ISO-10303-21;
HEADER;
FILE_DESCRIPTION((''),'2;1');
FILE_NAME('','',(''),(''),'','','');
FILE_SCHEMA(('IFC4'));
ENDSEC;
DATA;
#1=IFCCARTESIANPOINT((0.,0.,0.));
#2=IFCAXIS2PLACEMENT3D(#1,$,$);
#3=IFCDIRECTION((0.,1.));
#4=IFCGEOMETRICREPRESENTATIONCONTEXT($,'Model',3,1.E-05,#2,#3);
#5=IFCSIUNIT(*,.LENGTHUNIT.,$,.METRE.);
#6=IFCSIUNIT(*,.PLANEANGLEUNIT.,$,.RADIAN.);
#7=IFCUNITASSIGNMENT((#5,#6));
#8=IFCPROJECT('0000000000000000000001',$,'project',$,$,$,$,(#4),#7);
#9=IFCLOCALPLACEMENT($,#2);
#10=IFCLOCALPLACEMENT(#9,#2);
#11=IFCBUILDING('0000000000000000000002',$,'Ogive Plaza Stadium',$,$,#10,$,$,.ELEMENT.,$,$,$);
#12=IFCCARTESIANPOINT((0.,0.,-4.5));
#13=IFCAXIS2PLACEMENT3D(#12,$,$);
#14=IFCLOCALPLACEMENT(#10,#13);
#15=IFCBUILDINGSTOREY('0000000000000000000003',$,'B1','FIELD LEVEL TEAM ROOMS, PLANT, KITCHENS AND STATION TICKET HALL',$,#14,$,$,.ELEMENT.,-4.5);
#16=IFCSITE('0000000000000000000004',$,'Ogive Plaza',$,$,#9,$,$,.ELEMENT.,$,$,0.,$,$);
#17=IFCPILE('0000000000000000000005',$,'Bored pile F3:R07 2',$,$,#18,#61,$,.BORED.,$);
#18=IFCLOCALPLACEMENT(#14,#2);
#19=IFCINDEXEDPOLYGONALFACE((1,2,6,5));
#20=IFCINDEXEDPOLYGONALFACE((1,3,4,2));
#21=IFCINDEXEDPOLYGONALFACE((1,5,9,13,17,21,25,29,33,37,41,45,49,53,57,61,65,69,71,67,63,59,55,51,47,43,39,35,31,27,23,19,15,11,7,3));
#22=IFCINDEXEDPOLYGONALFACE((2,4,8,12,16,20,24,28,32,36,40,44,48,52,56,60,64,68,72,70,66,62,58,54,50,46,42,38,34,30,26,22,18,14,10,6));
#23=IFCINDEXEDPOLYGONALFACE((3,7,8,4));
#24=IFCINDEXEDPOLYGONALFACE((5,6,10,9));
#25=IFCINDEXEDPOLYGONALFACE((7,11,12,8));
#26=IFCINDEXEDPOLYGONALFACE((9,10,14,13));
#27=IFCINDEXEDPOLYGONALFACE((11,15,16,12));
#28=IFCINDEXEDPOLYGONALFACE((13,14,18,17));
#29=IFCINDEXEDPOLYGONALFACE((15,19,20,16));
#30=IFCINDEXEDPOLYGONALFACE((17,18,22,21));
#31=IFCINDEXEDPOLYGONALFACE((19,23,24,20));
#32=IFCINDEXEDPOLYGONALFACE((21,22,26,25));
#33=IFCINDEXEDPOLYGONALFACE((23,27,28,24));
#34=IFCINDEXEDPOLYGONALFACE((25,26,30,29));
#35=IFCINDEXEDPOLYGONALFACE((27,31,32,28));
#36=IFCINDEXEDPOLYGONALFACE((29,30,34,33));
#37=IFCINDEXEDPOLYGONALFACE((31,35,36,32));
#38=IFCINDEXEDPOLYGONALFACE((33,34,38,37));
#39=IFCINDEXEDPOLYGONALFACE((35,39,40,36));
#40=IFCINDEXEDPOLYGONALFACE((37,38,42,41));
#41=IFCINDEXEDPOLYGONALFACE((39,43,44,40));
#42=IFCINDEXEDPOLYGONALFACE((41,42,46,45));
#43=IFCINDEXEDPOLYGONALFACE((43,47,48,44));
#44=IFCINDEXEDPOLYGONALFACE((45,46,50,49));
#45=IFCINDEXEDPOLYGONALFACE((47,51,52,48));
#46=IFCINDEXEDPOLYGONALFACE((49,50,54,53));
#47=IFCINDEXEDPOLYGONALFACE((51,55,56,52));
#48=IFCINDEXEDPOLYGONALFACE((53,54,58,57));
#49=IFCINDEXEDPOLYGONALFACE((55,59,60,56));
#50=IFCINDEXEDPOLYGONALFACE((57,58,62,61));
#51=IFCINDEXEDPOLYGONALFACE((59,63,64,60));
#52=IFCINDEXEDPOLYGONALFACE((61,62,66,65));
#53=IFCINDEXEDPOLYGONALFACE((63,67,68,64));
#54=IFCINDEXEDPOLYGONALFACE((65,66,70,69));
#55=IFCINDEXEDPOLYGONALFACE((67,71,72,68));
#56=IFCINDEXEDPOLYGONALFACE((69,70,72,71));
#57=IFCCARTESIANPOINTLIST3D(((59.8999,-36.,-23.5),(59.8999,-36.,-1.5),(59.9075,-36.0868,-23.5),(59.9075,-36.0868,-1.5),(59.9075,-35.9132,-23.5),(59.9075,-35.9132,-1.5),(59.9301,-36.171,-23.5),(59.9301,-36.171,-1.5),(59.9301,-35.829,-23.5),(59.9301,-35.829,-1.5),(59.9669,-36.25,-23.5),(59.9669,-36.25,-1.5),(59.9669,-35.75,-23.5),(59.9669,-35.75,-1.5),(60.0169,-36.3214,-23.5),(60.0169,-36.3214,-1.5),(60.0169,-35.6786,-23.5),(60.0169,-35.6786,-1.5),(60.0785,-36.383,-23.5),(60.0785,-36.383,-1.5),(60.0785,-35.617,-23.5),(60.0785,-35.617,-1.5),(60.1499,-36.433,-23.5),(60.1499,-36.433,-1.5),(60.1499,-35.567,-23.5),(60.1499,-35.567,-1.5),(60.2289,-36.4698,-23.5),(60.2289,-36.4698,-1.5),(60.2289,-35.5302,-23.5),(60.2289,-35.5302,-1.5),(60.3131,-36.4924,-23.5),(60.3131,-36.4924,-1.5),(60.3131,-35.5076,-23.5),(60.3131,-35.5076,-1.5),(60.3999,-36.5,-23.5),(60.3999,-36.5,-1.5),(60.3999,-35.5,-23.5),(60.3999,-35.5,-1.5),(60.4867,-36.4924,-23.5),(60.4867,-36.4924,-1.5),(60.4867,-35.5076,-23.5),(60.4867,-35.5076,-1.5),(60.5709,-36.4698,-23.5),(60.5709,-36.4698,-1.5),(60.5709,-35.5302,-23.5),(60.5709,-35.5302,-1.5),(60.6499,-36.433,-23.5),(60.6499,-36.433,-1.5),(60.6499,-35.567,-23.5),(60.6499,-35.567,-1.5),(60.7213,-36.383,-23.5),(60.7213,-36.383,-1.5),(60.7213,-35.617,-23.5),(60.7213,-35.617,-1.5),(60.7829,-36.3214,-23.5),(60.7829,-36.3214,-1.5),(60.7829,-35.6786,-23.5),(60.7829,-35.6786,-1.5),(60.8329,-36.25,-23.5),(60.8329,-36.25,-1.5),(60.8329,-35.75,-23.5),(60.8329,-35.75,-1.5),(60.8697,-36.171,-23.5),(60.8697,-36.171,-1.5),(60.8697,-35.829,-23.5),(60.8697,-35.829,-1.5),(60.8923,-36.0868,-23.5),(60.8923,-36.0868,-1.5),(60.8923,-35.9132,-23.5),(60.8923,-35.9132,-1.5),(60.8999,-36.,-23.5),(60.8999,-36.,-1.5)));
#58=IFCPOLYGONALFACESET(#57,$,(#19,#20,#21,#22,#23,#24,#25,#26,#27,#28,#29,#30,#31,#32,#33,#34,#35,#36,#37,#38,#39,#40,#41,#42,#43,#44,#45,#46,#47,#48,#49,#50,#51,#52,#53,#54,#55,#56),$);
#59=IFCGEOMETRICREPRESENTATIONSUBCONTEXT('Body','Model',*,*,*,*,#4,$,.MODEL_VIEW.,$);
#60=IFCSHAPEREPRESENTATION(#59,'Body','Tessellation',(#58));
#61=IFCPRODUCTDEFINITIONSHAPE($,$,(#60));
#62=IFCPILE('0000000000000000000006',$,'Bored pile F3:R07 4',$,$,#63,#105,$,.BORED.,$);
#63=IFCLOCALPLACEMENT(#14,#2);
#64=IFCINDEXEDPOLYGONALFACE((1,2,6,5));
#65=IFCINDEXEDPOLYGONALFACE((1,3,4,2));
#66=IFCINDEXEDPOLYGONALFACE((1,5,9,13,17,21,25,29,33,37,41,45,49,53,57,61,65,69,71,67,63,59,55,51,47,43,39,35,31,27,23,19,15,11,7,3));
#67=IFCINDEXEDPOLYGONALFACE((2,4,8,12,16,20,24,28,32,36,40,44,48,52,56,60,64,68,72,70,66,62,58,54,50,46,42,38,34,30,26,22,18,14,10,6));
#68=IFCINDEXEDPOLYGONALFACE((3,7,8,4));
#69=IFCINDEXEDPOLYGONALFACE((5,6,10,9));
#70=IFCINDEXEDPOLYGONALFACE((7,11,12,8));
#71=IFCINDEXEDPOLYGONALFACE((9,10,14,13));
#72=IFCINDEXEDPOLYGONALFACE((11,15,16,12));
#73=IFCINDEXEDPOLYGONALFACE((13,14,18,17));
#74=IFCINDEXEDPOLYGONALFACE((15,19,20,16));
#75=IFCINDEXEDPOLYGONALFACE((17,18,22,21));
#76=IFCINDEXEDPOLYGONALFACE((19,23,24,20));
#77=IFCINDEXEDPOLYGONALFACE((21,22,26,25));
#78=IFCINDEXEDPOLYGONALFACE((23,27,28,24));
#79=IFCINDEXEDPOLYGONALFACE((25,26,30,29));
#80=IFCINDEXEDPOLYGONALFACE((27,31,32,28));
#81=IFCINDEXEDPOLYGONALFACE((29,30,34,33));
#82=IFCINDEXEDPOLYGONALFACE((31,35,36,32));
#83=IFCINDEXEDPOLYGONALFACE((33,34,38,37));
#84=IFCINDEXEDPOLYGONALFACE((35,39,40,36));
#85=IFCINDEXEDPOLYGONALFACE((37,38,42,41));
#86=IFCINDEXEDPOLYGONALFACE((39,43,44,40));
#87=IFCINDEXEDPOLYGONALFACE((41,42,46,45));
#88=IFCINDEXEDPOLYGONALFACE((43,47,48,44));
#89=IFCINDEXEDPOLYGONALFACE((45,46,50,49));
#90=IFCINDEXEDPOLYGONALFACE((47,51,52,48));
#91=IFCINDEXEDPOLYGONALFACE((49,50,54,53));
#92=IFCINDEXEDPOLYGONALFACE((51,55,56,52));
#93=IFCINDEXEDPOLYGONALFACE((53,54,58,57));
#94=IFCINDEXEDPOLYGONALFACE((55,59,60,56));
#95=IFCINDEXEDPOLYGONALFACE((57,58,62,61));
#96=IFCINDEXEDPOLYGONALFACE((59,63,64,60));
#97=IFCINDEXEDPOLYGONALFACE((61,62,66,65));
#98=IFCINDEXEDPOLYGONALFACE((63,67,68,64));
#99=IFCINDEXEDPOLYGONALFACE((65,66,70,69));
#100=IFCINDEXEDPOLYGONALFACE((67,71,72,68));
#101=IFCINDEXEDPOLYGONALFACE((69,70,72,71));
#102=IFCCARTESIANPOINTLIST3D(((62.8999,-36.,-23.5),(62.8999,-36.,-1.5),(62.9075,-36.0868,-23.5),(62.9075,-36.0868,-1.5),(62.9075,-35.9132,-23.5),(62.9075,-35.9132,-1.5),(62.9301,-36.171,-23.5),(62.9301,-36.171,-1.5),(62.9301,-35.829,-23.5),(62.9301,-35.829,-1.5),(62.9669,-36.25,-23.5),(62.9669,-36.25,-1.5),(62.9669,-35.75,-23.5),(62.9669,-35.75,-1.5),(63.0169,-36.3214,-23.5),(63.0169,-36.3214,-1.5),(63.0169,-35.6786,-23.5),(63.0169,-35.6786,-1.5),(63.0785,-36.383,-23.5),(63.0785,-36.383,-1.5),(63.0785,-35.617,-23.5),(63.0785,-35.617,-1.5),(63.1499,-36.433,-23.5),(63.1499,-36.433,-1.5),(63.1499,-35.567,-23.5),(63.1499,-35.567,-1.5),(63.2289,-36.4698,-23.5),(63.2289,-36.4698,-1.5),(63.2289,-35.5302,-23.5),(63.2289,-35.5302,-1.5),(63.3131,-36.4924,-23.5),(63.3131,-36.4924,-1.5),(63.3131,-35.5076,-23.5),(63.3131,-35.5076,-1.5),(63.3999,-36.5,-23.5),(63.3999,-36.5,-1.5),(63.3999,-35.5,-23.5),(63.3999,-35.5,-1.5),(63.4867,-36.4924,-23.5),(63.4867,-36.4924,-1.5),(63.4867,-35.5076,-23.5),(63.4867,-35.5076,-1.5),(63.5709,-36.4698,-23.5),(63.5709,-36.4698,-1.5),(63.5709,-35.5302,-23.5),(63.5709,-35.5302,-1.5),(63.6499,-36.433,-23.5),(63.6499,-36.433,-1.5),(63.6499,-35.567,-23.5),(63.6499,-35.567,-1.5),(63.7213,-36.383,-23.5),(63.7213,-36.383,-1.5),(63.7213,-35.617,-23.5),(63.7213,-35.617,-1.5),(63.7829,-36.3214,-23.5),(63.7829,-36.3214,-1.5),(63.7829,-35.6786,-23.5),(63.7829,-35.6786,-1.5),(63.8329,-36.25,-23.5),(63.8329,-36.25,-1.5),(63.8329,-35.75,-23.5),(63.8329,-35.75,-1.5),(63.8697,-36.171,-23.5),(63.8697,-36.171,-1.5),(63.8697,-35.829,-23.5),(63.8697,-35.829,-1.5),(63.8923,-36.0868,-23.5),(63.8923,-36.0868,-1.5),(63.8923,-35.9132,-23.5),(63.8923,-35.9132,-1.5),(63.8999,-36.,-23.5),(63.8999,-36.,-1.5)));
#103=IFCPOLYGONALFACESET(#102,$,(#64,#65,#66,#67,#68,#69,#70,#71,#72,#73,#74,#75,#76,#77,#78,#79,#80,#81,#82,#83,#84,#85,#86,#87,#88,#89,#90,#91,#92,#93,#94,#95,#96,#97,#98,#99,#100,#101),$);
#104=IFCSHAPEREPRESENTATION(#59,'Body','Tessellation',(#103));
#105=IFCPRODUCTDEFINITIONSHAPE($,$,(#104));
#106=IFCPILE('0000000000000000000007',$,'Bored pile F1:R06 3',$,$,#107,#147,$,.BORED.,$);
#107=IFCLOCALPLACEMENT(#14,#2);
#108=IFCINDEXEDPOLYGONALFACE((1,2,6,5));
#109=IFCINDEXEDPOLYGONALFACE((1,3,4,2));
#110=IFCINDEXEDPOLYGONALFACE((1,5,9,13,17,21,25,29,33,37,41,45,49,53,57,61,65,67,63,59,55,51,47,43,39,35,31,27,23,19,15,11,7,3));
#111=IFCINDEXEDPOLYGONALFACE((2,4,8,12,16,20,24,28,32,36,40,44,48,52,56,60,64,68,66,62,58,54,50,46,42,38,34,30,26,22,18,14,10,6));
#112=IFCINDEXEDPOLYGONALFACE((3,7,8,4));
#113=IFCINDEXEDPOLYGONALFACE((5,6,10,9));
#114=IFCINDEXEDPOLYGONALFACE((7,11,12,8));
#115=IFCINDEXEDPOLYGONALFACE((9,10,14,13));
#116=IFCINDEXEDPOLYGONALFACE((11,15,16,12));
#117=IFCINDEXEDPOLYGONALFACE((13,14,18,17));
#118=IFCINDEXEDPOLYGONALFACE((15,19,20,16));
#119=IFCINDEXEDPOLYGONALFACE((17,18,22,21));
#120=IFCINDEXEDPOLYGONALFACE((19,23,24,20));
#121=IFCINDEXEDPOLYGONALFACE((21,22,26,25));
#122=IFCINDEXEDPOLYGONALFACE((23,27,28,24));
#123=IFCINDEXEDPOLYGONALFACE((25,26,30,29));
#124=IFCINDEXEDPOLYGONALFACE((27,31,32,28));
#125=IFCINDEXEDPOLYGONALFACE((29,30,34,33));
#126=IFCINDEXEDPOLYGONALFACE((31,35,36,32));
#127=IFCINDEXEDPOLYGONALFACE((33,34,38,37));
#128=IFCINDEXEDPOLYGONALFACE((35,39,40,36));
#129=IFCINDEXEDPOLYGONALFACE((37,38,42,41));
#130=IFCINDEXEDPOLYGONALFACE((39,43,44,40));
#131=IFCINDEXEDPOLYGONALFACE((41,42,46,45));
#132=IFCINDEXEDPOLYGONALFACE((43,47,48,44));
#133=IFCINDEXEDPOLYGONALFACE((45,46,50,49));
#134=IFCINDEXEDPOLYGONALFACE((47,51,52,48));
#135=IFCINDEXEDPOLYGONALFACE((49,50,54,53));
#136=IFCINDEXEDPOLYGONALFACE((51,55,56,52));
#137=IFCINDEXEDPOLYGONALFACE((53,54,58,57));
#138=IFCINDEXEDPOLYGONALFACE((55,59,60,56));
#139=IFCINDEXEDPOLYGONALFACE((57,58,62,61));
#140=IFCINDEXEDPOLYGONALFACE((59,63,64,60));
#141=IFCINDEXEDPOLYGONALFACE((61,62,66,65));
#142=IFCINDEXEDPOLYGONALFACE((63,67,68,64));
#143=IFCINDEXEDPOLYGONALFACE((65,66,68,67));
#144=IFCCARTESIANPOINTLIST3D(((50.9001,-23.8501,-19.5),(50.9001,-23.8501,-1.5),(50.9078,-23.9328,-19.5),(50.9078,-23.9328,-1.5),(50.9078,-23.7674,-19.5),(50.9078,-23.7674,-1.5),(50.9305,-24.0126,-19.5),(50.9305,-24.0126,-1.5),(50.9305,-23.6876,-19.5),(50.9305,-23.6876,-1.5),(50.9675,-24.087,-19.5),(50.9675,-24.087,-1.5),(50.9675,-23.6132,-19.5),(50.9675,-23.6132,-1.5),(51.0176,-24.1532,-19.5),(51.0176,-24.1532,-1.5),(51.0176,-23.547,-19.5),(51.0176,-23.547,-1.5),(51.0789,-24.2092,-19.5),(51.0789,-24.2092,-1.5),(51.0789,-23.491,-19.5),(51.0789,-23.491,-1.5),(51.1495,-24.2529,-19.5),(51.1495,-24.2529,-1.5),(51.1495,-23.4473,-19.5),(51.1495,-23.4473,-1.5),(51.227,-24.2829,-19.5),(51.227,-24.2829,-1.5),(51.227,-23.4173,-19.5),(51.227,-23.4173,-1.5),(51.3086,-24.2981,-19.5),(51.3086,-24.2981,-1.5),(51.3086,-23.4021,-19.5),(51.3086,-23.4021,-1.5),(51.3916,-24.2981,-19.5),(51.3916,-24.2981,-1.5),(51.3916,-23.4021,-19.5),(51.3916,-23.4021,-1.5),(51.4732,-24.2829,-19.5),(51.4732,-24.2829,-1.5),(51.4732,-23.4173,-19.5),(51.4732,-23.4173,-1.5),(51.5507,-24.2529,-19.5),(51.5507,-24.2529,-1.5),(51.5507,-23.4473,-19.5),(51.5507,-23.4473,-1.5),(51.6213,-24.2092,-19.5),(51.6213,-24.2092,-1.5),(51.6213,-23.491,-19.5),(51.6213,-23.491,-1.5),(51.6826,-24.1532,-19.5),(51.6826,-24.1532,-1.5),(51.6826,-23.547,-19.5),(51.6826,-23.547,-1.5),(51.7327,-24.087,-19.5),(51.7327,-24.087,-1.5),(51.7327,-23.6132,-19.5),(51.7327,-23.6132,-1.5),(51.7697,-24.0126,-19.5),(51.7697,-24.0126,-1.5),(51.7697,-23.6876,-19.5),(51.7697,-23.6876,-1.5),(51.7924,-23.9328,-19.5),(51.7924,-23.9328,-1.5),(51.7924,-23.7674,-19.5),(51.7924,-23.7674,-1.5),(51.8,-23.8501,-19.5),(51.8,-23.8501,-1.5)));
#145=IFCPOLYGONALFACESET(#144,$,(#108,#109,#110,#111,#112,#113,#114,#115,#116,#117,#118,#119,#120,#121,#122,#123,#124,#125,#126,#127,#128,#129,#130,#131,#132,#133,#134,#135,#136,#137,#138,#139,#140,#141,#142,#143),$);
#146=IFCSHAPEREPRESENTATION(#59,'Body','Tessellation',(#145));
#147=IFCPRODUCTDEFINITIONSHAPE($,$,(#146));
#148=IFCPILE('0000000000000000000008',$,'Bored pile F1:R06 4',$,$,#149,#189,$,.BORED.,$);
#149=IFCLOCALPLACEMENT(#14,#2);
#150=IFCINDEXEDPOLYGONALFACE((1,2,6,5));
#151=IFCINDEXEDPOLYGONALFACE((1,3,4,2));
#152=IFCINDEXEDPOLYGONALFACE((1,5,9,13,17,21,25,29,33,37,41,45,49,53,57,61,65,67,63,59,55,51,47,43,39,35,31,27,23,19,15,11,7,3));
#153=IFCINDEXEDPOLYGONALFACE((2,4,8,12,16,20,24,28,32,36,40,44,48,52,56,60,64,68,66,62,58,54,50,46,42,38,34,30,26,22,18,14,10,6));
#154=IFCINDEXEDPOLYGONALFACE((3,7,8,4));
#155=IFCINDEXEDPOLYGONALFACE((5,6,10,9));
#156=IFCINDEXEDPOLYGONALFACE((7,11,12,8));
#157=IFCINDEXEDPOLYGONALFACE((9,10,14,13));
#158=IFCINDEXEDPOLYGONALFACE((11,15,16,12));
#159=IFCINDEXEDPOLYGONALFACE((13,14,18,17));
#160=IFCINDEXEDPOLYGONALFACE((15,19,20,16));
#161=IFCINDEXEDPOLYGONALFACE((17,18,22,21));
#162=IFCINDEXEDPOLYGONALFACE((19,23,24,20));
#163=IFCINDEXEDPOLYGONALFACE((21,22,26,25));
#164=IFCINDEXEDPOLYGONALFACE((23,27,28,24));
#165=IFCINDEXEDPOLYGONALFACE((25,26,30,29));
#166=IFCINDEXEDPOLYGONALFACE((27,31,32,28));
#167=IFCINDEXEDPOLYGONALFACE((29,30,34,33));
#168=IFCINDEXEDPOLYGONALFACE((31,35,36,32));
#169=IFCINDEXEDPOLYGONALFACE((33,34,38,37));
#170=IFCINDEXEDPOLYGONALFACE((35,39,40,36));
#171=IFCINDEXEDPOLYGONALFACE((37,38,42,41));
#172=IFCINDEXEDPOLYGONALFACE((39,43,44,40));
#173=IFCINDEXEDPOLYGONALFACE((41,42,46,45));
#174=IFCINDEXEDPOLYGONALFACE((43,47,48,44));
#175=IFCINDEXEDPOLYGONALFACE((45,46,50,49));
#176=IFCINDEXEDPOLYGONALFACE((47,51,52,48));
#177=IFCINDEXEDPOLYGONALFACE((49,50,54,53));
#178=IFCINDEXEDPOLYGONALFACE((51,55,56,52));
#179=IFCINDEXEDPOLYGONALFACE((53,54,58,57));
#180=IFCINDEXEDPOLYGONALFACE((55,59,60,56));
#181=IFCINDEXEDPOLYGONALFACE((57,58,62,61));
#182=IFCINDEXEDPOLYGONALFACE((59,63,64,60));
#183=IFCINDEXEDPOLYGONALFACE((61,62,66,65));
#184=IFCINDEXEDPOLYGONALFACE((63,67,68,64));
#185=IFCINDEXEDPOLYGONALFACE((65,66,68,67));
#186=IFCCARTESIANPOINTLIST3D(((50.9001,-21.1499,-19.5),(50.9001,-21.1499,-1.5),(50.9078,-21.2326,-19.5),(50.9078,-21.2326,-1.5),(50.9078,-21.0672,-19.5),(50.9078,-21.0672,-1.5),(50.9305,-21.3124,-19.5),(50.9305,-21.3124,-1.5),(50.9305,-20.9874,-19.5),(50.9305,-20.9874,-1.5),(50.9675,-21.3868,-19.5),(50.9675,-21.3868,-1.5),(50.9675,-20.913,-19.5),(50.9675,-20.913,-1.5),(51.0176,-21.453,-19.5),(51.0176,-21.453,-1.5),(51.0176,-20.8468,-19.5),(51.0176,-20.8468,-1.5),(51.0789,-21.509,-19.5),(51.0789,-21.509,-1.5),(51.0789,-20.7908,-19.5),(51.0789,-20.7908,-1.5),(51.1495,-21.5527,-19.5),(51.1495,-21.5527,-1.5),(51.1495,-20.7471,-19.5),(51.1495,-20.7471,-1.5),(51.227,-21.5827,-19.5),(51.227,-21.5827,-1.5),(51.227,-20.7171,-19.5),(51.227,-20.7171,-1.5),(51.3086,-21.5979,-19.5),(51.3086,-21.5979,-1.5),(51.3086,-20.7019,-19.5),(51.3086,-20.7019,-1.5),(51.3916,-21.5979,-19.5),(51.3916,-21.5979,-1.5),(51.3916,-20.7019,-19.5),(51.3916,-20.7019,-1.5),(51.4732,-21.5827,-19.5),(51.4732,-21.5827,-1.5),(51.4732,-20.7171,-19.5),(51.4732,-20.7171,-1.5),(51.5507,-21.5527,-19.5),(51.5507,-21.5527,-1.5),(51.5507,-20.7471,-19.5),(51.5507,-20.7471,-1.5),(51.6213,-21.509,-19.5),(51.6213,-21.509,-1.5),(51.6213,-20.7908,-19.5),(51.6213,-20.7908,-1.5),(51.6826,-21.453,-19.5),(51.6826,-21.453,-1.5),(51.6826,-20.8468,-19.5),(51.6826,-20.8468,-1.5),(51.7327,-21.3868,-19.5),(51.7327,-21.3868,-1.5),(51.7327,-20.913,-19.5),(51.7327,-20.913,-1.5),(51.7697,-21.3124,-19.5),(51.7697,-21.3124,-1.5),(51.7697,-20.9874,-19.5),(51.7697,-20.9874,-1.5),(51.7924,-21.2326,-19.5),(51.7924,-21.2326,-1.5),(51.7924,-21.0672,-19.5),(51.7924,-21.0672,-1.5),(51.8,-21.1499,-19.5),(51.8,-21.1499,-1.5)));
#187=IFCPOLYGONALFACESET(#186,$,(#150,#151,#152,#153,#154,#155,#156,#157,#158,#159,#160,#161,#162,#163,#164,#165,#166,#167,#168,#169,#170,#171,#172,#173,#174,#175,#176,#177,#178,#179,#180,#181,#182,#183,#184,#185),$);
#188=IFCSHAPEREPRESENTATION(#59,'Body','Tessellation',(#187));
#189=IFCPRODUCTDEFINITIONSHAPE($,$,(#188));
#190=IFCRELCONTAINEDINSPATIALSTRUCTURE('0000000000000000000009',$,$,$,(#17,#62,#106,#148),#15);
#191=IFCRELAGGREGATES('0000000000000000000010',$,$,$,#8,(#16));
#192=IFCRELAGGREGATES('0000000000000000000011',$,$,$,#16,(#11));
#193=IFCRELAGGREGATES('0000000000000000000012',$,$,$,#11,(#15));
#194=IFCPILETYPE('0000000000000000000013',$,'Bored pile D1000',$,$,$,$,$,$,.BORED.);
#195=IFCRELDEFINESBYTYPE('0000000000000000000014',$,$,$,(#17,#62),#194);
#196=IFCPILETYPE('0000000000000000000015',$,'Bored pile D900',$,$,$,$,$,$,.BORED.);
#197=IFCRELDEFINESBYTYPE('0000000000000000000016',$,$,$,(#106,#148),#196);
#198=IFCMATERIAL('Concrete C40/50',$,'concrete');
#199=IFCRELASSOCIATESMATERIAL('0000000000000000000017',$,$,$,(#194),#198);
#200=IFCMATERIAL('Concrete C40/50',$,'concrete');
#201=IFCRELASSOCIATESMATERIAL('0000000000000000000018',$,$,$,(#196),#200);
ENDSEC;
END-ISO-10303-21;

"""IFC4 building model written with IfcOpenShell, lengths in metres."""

from ifc_helpers import new_model, si_unit, direction, frame, origin, origin_2d, place, context, subcontext, project, spatial, circle, extrude, material, material_profile, profile_set, type_object, element, save


model = new_model("IFC4")

# Units and contexts
model_context = context("Model", 3, precision=1e-05, world=origin(), true_north=direction((0.0, 1.0)))
body_context = subcontext(model_context, "Body", "Model", "MODEL_VIEW")
ifc_project = project(units=[si_unit("LENGTHUNIT", "METRE"), si_unit("PLANEANGLEUNIT", "RADIAN")], contexts=[model_context])

# Site, building, storey
site_placement = place(None, origin())
site = spatial("IfcSite", under=ifc_project, at=site_placement, Name="Ogive Plaza", CompositionType="ELEMENT", RefElevation=0.0)
building_placement = place(site_placement, origin())
building = spatial("IfcBuilding", under=site, at=building_placement, Name="Ogive Plaza Stadium", CompositionType="ELEMENT")
storey_placement = place(building_placement, frame((0.0, 0.0, -4.5)))
storey = spatial("IfcBuildingStorey", under=building, at=storey_placement, Name="B1", Description="FIELD LEVEL TEAM ROOMS, PLANT, KITCHENS AND STATION TICKET HALL", CompositionType="ELEMENT", Elevation=-4.5)

# Piles
ifc_material_1 = material(Name="Concrete C40/50", Category="concrete")
ifc_material_profile_1 = material_profile(ifc_material_1, circle(Radius=0.5, at=origin_2d()), Name="RC D1000")
ifc_profile_set_1 = profile_set([ifc_material_profile_1], Name="Concrete C40/50")
pile_type_1 = type_object("IfcPileType", Name="Bored pile D1000", PredefinedType="BORED", material=ifc_profile_set_1)
for number, where, z_axis, x_axis, name in (
    (1, (60.3999, -36.0, -1.5), (0.0, 0.0, -1.0), (1.0, 0.0, 0.0), "Bored pile F3:R07 2"),
    (2, (63.3999, -36.0, -1.5), (0.0, 0.0, -1.0), (1.0, 0.0, 0.0), "Bored pile F3:R07 4"),
):
    element("IfcPile", number, at=place(storey_placement, frame(where, z_axis=z_axis, x_axis=x_axis)), inside=storey, type_object=pile_type_1, Name=name, PredefinedType="BORED", context=body_context, shape_type="SweptSolid", body=[
        extrude(circle(Radius=0.5, at=origin_2d()), origin(), (0.0, 0.0, 1.0), 22.0),
    ])
ifc_material_2 = material(Name="Concrete C40/50", Category="concrete")
ifc_material_profile_2 = material_profile(ifc_material_2, circle(Radius=0.45, at=origin_2d()), Name="RC D900")
ifc_profile_set_2 = profile_set([ifc_material_profile_2], Name="Concrete C40/50")
pile_type_2 = type_object("IfcPileType", Name="Bored pile D900", PredefinedType="BORED", material=ifc_profile_set_2)
for number, where, z_axis, x_axis, name in (
    (3, (51.3501, -23.8501, -1.5), (0.0, 0.0, -1.0), (1.0, 0.0, 0.0), "Bored pile F1:R06 3"),
    (4, (51.3501, -21.1499, -1.5), (0.0, 0.0, -1.0), (1.0, 0.0, 0.0), "Bored pile F1:R06 4"),
):
    element("IfcPile", number, at=place(storey_placement, frame(where, z_axis=z_axis, x_axis=x_axis)), inside=storey, type_object=pile_type_2, Name=name, PredefinedType="BORED", context=body_context, shape_type="SweptSolid", body=[
        extrude(circle(Radius=0.45, at=origin_2d()), origin(), (0.0, 0.0, 1.0), 18.0),
    ])

save(model, "model.ifc")
